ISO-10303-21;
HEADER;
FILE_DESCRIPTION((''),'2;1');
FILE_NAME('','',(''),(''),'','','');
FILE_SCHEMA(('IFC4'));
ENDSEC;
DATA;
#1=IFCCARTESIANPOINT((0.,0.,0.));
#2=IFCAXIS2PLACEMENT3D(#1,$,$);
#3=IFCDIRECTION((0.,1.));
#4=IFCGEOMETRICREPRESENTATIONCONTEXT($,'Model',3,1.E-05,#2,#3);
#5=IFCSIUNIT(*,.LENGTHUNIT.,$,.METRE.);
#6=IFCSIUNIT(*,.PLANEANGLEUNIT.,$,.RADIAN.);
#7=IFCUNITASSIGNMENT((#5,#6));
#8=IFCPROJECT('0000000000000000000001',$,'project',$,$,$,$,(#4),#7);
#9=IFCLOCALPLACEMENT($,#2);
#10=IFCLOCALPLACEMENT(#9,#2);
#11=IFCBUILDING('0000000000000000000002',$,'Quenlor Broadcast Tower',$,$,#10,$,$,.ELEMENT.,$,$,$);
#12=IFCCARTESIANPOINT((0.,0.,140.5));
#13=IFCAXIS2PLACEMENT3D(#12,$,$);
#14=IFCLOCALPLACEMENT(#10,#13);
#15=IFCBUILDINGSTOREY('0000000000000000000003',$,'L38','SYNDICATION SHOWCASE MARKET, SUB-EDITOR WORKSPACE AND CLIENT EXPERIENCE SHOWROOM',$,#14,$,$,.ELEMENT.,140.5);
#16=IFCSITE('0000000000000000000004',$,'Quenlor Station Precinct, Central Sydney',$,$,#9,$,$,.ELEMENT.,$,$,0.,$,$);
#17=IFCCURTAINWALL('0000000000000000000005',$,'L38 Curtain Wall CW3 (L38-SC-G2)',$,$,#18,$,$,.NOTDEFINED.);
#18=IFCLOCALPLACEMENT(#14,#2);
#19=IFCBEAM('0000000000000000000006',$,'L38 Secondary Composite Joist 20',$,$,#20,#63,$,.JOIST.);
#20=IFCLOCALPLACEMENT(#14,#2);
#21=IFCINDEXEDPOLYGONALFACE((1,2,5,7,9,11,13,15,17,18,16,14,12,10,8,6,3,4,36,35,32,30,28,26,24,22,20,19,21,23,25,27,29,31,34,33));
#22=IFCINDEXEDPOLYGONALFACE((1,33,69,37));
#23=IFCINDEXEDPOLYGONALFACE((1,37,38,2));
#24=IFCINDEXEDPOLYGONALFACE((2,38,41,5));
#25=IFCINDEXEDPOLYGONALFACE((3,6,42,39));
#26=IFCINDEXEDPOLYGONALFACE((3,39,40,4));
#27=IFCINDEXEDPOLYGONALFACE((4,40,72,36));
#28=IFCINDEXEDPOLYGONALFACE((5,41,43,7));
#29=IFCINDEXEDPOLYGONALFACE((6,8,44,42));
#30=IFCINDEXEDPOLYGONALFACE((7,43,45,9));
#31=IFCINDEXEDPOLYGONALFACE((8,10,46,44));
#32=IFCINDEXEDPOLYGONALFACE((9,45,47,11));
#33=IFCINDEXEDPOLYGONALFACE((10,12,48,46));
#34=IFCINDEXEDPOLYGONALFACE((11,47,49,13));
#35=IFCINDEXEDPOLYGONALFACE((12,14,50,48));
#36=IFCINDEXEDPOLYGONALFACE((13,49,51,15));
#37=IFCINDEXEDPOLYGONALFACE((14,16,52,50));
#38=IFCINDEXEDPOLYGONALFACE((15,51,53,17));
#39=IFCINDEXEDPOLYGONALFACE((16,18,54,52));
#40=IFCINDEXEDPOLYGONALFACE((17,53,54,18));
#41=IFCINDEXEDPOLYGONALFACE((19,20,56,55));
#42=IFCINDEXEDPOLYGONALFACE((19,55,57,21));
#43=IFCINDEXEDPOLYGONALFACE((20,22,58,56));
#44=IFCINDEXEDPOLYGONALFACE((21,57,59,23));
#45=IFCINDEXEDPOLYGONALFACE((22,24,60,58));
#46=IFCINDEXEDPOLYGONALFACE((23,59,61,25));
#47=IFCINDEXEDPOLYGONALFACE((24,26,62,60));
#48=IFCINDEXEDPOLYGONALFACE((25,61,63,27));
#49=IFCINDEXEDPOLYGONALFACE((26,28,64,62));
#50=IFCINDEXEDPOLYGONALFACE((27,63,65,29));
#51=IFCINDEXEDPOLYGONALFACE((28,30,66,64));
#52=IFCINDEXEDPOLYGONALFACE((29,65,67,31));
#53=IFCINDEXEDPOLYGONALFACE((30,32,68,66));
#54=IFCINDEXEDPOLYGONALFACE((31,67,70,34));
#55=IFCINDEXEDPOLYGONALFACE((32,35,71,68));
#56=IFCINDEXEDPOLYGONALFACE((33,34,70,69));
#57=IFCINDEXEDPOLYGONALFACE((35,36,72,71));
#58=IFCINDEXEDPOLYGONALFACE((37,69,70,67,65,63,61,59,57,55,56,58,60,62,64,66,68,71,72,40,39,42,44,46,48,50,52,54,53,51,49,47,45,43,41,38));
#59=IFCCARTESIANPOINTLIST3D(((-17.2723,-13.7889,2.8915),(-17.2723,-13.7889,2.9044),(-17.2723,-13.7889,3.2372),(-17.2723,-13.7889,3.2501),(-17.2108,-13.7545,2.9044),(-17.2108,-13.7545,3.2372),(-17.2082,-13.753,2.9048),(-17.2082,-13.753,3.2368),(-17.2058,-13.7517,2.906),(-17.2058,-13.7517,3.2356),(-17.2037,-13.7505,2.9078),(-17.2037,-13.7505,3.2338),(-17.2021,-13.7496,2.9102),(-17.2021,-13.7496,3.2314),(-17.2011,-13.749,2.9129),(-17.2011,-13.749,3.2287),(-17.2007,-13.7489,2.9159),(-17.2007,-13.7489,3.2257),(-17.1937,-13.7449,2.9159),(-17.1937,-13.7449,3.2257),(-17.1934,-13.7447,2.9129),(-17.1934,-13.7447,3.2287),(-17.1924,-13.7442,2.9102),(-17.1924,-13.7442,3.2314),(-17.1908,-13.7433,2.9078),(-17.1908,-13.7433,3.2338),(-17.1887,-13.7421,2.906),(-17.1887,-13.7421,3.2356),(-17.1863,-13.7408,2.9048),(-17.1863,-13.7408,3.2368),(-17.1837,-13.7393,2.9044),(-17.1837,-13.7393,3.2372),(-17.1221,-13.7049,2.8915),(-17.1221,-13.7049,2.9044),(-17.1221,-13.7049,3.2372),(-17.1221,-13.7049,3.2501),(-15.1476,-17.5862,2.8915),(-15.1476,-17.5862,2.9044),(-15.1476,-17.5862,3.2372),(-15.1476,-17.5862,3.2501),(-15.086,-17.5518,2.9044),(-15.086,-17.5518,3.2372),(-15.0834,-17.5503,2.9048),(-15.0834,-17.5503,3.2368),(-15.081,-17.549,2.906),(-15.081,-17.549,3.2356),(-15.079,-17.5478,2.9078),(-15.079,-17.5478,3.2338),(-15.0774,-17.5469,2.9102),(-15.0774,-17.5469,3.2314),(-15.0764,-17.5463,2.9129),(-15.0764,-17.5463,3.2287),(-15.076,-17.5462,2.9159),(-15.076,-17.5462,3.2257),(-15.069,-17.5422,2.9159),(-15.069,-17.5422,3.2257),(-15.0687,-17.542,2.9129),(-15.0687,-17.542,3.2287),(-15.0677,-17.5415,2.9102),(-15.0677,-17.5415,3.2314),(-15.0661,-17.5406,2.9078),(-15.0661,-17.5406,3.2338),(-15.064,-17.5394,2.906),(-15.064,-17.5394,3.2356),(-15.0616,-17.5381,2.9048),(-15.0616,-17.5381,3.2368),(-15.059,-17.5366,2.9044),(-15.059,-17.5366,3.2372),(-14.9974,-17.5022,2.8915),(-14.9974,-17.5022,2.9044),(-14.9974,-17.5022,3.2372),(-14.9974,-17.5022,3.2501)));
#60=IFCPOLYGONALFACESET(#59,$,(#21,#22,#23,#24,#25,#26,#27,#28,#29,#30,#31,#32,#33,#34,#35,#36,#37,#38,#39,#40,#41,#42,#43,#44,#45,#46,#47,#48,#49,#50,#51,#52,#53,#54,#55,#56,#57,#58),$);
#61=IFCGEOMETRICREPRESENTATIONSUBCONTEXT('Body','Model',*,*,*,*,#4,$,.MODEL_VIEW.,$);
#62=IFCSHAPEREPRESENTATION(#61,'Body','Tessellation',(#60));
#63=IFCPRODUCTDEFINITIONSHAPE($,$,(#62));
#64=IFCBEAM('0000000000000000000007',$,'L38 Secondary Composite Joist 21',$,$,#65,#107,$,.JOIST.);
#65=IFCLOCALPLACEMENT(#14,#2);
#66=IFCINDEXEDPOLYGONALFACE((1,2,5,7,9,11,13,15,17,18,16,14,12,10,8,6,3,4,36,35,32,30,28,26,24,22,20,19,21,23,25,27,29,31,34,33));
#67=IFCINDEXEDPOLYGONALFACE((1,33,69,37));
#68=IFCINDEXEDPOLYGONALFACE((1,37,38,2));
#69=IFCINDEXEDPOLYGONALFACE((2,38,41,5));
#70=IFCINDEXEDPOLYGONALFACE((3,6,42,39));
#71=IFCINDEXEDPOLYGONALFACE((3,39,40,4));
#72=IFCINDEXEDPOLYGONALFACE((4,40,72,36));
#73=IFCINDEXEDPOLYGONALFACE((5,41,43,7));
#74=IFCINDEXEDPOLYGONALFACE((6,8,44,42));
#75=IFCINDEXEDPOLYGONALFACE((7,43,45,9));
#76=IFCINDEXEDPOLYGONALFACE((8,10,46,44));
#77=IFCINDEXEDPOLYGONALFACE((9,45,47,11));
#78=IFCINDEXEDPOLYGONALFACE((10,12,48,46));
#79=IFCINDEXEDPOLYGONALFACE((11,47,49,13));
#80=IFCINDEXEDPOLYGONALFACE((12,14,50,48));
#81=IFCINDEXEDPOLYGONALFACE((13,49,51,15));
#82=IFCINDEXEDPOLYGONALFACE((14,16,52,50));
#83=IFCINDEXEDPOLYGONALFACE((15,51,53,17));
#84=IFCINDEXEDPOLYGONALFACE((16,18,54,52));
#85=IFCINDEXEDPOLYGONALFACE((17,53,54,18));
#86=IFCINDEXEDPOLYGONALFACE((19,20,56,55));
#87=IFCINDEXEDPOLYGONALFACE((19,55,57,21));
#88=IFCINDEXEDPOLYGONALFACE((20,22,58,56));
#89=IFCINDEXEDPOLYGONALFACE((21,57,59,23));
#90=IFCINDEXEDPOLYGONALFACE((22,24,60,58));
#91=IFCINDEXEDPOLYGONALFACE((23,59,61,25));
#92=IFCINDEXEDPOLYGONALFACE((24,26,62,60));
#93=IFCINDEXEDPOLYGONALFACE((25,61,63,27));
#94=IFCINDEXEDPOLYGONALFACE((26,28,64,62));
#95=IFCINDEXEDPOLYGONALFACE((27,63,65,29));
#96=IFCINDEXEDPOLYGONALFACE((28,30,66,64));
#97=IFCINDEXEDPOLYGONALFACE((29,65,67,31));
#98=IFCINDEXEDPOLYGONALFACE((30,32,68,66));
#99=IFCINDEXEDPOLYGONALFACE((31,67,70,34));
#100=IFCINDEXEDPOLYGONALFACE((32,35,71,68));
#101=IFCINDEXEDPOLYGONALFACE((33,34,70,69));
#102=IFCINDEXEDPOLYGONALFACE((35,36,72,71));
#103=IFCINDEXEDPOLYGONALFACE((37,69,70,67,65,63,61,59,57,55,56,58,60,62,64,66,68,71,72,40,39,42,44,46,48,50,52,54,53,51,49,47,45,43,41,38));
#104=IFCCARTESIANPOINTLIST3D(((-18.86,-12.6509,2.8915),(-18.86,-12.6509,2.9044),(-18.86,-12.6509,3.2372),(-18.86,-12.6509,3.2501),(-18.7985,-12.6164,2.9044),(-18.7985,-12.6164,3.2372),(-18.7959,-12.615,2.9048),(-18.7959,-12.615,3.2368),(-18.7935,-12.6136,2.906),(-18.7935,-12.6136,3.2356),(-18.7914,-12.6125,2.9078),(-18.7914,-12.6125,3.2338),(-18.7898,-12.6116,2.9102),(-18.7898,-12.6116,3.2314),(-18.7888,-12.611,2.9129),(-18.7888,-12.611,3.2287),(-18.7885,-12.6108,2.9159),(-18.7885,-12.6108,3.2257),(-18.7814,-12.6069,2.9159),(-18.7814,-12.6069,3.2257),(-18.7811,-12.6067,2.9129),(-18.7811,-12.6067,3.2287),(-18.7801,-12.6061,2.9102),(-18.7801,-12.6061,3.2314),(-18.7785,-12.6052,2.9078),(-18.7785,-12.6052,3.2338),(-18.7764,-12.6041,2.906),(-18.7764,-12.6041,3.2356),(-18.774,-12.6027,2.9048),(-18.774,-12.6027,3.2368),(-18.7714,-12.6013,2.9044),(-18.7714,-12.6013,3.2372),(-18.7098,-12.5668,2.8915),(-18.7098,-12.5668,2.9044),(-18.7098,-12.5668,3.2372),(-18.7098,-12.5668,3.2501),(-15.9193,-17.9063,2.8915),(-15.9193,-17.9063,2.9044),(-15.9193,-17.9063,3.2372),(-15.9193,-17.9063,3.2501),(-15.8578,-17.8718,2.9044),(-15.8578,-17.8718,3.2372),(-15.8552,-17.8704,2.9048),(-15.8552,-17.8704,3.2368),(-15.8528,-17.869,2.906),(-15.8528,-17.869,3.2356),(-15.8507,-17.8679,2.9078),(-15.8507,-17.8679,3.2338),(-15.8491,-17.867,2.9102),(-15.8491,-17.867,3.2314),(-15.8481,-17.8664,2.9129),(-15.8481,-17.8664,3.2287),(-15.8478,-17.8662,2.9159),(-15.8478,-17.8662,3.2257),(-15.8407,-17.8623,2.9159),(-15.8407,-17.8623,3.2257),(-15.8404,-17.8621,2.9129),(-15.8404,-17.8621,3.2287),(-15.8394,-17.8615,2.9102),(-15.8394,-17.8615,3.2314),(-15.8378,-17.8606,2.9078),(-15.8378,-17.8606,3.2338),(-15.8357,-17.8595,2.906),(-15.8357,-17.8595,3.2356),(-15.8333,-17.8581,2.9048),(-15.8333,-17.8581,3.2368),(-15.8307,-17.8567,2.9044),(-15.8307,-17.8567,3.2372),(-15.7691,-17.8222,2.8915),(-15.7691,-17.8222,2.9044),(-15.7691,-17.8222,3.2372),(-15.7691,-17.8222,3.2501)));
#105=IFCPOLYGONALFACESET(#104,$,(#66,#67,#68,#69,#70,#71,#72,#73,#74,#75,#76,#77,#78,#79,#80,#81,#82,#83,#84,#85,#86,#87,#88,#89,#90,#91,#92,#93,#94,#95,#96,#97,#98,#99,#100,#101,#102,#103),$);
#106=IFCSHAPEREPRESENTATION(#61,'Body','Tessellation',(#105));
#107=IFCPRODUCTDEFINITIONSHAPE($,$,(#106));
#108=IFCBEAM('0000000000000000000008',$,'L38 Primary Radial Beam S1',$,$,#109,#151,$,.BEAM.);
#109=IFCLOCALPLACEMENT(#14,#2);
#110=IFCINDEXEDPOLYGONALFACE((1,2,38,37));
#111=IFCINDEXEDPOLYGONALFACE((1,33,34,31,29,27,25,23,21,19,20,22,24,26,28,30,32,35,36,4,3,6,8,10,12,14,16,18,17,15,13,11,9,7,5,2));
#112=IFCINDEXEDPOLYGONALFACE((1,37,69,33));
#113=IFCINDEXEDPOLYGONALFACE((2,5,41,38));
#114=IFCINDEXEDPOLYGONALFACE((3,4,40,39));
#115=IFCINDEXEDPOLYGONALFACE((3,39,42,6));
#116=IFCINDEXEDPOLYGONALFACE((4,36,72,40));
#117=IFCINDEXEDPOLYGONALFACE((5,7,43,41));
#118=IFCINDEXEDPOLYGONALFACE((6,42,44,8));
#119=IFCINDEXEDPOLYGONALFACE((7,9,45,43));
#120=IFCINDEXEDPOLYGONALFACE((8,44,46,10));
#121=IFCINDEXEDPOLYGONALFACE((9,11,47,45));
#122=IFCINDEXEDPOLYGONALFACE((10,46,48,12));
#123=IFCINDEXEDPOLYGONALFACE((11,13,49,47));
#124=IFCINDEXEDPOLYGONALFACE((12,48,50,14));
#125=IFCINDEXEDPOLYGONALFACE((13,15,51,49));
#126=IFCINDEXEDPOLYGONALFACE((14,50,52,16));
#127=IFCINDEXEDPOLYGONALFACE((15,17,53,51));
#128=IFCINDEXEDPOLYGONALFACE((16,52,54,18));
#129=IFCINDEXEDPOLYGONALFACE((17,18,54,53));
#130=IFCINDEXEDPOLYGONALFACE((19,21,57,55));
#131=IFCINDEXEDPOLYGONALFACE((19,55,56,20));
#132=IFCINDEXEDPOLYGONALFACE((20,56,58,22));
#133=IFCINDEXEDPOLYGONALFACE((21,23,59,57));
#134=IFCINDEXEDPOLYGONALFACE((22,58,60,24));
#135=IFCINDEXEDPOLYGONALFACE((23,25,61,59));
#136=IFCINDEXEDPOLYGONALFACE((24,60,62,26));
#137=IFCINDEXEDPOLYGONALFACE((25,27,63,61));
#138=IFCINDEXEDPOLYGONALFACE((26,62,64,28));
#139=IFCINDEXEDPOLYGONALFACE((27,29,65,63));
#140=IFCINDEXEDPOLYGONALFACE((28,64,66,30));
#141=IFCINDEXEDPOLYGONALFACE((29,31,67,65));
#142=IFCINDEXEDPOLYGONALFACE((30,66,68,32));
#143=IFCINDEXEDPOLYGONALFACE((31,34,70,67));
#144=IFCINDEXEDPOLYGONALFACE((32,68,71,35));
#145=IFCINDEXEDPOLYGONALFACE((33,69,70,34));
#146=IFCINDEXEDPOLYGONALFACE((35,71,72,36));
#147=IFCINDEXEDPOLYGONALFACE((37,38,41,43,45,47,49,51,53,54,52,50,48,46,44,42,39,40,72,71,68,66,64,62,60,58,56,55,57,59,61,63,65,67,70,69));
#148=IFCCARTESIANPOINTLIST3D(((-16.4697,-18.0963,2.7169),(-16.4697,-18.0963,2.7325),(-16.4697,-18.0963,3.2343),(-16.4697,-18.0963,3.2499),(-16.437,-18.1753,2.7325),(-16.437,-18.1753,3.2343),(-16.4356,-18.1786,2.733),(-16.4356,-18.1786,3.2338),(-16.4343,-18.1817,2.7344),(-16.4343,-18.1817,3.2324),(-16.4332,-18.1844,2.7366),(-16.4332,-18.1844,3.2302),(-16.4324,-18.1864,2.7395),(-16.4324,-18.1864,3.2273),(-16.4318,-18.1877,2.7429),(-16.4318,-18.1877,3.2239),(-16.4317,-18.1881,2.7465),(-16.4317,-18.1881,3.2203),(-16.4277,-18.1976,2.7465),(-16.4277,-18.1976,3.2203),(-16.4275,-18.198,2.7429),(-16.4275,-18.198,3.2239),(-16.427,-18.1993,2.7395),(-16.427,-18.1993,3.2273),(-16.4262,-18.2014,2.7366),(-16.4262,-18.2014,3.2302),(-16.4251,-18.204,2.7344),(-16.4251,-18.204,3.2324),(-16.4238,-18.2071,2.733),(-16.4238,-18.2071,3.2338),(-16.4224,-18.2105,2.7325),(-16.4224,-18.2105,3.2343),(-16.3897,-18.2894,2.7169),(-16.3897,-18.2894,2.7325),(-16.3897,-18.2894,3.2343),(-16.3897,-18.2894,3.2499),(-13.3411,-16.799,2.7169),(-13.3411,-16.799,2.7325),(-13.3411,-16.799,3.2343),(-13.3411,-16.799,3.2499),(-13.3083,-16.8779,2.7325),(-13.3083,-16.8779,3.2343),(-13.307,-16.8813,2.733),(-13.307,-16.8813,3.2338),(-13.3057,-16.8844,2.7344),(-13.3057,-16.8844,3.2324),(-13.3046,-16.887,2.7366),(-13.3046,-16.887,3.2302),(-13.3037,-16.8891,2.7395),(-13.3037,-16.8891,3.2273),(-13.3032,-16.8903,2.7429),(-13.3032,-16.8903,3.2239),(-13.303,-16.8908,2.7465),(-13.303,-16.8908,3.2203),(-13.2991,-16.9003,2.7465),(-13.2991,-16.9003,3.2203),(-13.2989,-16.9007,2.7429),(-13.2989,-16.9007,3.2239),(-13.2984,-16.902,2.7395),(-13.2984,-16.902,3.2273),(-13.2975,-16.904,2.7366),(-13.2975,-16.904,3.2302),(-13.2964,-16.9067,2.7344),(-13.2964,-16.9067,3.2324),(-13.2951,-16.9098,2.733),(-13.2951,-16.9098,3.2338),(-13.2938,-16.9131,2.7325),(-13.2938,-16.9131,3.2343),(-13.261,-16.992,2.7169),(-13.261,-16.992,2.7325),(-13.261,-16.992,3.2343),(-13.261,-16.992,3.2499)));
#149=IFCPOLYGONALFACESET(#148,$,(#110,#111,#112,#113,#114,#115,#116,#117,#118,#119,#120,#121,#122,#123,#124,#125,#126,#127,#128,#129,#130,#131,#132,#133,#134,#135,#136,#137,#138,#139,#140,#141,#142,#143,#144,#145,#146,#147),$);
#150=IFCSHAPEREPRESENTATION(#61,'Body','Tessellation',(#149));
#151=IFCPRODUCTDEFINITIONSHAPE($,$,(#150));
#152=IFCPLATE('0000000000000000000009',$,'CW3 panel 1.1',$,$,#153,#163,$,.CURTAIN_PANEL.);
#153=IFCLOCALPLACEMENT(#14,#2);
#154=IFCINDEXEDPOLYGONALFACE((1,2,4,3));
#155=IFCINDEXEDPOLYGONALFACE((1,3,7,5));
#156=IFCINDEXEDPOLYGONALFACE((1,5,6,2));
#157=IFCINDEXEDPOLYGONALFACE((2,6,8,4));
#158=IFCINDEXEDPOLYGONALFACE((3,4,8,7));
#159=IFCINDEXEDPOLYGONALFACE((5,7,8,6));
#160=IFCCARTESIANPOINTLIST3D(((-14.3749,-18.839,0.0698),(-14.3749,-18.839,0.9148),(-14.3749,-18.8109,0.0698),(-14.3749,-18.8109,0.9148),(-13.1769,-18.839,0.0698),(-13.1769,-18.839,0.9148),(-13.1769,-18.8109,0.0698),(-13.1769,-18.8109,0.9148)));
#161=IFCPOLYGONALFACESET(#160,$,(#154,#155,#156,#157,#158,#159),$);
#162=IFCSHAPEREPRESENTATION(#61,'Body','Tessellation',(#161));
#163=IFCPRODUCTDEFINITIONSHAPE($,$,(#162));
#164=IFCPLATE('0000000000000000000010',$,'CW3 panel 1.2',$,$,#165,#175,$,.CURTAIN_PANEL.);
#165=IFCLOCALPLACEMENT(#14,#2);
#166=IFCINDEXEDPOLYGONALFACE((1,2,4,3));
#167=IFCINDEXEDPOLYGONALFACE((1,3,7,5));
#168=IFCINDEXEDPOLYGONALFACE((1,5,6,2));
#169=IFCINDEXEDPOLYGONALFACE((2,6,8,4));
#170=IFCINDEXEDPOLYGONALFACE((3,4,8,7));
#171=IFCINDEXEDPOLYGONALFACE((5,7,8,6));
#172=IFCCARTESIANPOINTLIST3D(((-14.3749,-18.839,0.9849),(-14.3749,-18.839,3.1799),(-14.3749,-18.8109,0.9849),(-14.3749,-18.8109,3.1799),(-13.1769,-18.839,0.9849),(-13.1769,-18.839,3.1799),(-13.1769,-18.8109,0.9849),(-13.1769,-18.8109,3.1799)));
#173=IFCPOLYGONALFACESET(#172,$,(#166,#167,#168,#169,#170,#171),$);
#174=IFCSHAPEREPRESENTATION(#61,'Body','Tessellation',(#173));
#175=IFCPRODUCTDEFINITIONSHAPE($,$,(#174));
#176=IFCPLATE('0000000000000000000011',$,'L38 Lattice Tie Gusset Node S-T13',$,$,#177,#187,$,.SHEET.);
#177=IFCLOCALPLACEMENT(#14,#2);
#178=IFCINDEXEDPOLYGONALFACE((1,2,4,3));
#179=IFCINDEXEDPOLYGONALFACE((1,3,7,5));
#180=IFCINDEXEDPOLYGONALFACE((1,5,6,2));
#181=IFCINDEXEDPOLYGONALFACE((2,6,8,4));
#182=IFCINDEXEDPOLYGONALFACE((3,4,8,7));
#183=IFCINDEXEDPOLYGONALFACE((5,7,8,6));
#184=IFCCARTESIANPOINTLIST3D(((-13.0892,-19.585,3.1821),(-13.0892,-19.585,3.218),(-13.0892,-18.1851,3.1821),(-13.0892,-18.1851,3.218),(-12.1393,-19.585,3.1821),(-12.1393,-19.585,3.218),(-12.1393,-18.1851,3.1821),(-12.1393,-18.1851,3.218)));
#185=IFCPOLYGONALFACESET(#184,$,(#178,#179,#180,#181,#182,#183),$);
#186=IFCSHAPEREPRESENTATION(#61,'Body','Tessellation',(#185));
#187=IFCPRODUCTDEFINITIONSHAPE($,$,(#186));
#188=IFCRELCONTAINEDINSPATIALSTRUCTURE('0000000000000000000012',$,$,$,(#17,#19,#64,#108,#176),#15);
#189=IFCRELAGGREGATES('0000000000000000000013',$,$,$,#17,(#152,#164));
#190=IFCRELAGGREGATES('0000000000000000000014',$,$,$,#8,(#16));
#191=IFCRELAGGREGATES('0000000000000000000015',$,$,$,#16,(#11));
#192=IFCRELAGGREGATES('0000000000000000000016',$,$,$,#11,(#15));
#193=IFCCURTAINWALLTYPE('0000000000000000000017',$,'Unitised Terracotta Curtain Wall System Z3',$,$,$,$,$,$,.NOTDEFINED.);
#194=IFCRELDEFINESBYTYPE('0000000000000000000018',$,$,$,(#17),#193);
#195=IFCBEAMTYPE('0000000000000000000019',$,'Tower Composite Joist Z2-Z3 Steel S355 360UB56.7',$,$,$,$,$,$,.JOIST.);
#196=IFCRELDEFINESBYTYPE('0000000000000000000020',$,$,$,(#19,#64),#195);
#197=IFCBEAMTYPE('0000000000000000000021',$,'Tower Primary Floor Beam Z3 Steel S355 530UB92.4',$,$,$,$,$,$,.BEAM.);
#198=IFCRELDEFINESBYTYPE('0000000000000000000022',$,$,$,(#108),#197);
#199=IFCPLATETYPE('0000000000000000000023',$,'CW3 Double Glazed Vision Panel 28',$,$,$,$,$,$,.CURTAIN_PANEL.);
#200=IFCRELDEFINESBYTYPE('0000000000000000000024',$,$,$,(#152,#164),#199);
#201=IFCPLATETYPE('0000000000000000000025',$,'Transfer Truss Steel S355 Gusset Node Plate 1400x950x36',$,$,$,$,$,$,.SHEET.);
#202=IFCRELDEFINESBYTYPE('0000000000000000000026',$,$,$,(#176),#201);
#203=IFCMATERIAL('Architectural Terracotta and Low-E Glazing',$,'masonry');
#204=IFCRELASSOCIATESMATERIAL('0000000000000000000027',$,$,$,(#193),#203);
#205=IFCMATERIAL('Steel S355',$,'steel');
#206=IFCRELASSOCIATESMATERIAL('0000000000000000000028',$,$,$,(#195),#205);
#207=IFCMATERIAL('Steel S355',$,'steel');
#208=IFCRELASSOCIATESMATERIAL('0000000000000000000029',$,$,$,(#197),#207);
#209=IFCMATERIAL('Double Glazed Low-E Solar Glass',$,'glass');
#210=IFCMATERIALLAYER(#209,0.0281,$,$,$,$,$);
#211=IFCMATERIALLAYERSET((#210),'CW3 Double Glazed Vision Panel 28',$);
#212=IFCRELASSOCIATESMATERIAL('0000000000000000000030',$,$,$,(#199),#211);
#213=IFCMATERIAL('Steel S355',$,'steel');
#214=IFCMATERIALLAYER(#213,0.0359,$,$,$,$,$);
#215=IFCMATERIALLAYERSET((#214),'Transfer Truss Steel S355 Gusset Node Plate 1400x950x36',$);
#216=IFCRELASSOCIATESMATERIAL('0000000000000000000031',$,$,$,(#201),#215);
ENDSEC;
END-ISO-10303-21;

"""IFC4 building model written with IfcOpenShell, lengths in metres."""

from ifc_helpers import new_model, si_unit, direction, frame, origin, origin_2d, place, context, subcontext, project, spatial, rectangle, i_section, extrude, material, layer, layer_set, material_profile, profile_set, type_object, element, aggregate, save


model = new_model("IFC4")

# Units and contexts
model_context = context("Model", 3, precision=1e-05, world=origin(), true_north=direction((0.0, 1.0)))
body_context = subcontext(model_context, "Body", "Model", "MODEL_VIEW")
ifc_project = project(units=[si_unit("LENGTHUNIT", "METRE"), si_unit("PLANEANGLEUNIT", "RADIAN")], contexts=[model_context])

# Site, building, storey
site_placement = place(None, origin())
site = spatial("IfcSite", under=ifc_project, at=site_placement, Name="Quenlor Station Precinct, Central Sydney", CompositionType="ELEMENT", RefElevation=0.0)
building_placement = place(site_placement, origin())
building = spatial("IfcBuilding", under=site, at=building_placement, Name="Quenlor Broadcast Tower", CompositionType="ELEMENT")
storey_placement = place(building_placement, frame((0.0, 0.0, 140.5)))
storey = spatial("IfcBuildingStorey", under=building, at=storey_placement, Name="L38", Description="SYNDICATION SHOWCASE MARKET, SUB-EDITOR WORKSPACE AND CLIENT EXPERIENCE SHOWROOM", CompositionType="ELEMENT", Elevation=140.5)

# Curtain wall
ifc_material_1 = material(Name="Architectural Terracotta and Low-E Glazing", Category="masonry")
curtain_wall_type = type_object("IfcCurtainWallType", Name="Unitised Terracotta Curtain Wall System Z3", PredefinedType="NOTDEFINED", material=ifc_material_1)
curtain_wall_placement = place(storey_placement, origin())
curtain_wall = element("IfcCurtainWall", 1, at=curtain_wall_placement, inside=storey, type_object=curtain_wall_type, Name="L38 Curtain Wall CW3 (L38-SC-G2)", PredefinedType="NOTDEFINED")

# Beams
ifc_material_2 = material(Name="Steel S355", Category="steel")
ifc_material_profile_1 = material_profile(ifc_material_2, i_section(OverallWidth=0.1721, OverallDepth=0.3586, WebThickness=0.0081, FlangeThickness=0.0129, FilletRadius=0.0115, at=origin_2d()))
ifc_profile_set_1 = profile_set([ifc_material_profile_1], Name="Steel S355 360UB56.7")
beam_type_1 = type_object("IfcBeamType", Name="Tower Composite Joist Z2-Z3 Steel S355 360UB56.7", PredefinedType="JOIST", material=ifc_profile_set_1)
beam_1_placement = place(storey_placement, frame((-15.0725, -17.5442, 3.0708), z_axis=(-0.488294, 0.872679, 0.0), x_axis=(-0.872679, -0.488294, 0.0)))
element("IfcBeam", 2, at=beam_1_placement, inside=storey, type_object=beam_type_1, Name="L38 Secondary Composite Joist 20", PredefinedType="JOIST", context=body_context, shape_type="SweptSolid", body=[
    extrude(i_section(OverallWidth=0.1721, OverallDepth=0.3586, WebThickness=0.0081, FlangeThickness=0.0129, FilletRadius=0.0115, at=origin_2d()), origin(), (0.0, 0.0, 1.0), 4.3513),
])
beam_2_placement = place(storey_placement, frame((-15.8442, -17.8643, 3.0708), z_axis=(-0.488308, 0.872671, 0.0), x_axis=(-0.872671, -0.488308, 0.0)))
element("IfcBeam", 3, at=beam_2_placement, inside=storey, type_object=beam_type_1, Name="L38 Secondary Composite Joist 21", PredefinedType="JOIST", context=body_context, shape_type="SweptSolid", body=[
    extrude(i_section(OverallWidth=0.1721, OverallDepth=0.3586, WebThickness=0.0081, FlangeThickness=0.0129, FilletRadius=0.0115, at=origin_2d()), origin(), (0.0, 0.0, 1.0), 6.0222),
])
ifc_material_3 = material(Name="Steel S355", Category="steel")
ifc_material_profile_2 = material_profile(ifc_material_3, i_section(OverallWidth=0.209, OverallDepth=0.533, WebThickness=0.0103, FlangeThickness=0.0156, FilletRadius=0.0139, at=origin_2d()))
ifc_profile_set_2 = profile_set([ifc_material_profile_2], Name="Steel S355 530UB92.4")
beam_type_2 = type_object("IfcBeamType", Name="Tower Primary Floor Beam Z3 Steel S355 530UB92.4", PredefinedType="BEAM", material=ifc_profile_set_2)
beam_3_placement = place(storey_placement, frame((-16.4297, -18.1929, 2.9834), z_axis=(0.92373, 0.383044, 0.0), x_axis=(-0.383044, 0.92373, 0.0)))
element("IfcBeam", 4, at=beam_3_placement, inside=storey, type_object=beam_type_2, Name="L38 Primary Radial Beam S1", PredefinedType="BEAM", context=body_context, shape_type="SweptSolid", body=[
    extrude(i_section(OverallWidth=0.209, OverallDepth=0.533, WebThickness=0.0103, FlangeThickness=0.0156, FilletRadius=0.0139, at=origin_2d()), origin(), (0.0, 0.0, 1.0), 3.387),
])

# Plates
ifc_material_4 = material(Name="Double Glazed Low-E Solar Glass", Category="glass")
ifc_layer_1 = layer(ifc_material_4, 0.0281)
ifc_layer_set_1 = layer_set([ifc_layer_1], Name="CW3 Double Glazed Vision Panel 28")
plate_type_1 = type_object("IfcPlateType", Name="CW3 Double Glazed Vision Panel 28", PredefinedType="CURTAIN_PANEL", material=ifc_layer_set_1)
plate_1_placement = place(storey_placement, frame((-13.7759, -18.825, 0.0698), z_axis=(0.0, 0.0, 1.0), x_axis=(-1.0, 0.0, 0.0)))
plate_1 = element("IfcPlate", 5, at=plate_1_placement, type_object=plate_type_1, Name="CW3 panel 1.1", PredefinedType="CURTAIN_PANEL", context=body_context, shape_type="SweptSolid", body=[
    extrude(rectangle(XDim=1.198, YDim=0.0281, at=origin_2d()), origin(), (0.0, 0.0, 1.0), 0.845),
])
plate_2_placement = place(storey_placement, frame((-13.7759, -18.825, 0.9849), z_axis=(0.0, 0.0, 1.0), x_axis=(-1.0, 0.0, 0.0)))
plate_2 = element("IfcPlate", 6, at=plate_2_placement, type_object=plate_type_1, Name="CW3 panel 1.2", PredefinedType="CURTAIN_PANEL", context=body_context, shape_type="SweptSolid", body=[
    extrude(rectangle(XDim=1.198, YDim=0.0281, at=origin_2d()), origin(), (0.0, 0.0, 1.0), 2.1951),
])
aggregate(curtain_wall, [plate_1, plate_2])

# Plate
ifc_material_5 = material(Name="Steel S355", Category="steel")
ifc_layer_2 = layer(ifc_material_5, 0.0359)
ifc_layer_set_2 = layer_set([ifc_layer_2], Name="Transfer Truss Steel S355 Gusset Node Plate 1400x950x36")
plate_type_2 = type_object("IfcPlateType", Name="Transfer Truss Steel S355 Gusset Node Plate 1400x950x36", PredefinedType="SHEET", material=ifc_layer_set_2)
for number, where, z_axis, x_axis, name in (
    (7, (-12.6143, -18.885, 3.1821), (0.0, 0.0, 1.0), (0.0, -1.0, 0.0), "L38 Lattice Tie Gusset Node S-T13"),
):
    element("IfcPlate", number, at=place(storey_placement, frame(where, z_axis=z_axis, x_axis=x_axis)), inside=storey, type_object=plate_type_2, Name=name, PredefinedType="SHEET", context=body_context, shape_type="SweptSolid", body=[
        extrude(rectangle(XDim=1.3999, YDim=0.95, at=origin_2d()), origin(), (0.0, 0.0, 1.0), 0.0359),
    ])

save(model, "model.ifc")
